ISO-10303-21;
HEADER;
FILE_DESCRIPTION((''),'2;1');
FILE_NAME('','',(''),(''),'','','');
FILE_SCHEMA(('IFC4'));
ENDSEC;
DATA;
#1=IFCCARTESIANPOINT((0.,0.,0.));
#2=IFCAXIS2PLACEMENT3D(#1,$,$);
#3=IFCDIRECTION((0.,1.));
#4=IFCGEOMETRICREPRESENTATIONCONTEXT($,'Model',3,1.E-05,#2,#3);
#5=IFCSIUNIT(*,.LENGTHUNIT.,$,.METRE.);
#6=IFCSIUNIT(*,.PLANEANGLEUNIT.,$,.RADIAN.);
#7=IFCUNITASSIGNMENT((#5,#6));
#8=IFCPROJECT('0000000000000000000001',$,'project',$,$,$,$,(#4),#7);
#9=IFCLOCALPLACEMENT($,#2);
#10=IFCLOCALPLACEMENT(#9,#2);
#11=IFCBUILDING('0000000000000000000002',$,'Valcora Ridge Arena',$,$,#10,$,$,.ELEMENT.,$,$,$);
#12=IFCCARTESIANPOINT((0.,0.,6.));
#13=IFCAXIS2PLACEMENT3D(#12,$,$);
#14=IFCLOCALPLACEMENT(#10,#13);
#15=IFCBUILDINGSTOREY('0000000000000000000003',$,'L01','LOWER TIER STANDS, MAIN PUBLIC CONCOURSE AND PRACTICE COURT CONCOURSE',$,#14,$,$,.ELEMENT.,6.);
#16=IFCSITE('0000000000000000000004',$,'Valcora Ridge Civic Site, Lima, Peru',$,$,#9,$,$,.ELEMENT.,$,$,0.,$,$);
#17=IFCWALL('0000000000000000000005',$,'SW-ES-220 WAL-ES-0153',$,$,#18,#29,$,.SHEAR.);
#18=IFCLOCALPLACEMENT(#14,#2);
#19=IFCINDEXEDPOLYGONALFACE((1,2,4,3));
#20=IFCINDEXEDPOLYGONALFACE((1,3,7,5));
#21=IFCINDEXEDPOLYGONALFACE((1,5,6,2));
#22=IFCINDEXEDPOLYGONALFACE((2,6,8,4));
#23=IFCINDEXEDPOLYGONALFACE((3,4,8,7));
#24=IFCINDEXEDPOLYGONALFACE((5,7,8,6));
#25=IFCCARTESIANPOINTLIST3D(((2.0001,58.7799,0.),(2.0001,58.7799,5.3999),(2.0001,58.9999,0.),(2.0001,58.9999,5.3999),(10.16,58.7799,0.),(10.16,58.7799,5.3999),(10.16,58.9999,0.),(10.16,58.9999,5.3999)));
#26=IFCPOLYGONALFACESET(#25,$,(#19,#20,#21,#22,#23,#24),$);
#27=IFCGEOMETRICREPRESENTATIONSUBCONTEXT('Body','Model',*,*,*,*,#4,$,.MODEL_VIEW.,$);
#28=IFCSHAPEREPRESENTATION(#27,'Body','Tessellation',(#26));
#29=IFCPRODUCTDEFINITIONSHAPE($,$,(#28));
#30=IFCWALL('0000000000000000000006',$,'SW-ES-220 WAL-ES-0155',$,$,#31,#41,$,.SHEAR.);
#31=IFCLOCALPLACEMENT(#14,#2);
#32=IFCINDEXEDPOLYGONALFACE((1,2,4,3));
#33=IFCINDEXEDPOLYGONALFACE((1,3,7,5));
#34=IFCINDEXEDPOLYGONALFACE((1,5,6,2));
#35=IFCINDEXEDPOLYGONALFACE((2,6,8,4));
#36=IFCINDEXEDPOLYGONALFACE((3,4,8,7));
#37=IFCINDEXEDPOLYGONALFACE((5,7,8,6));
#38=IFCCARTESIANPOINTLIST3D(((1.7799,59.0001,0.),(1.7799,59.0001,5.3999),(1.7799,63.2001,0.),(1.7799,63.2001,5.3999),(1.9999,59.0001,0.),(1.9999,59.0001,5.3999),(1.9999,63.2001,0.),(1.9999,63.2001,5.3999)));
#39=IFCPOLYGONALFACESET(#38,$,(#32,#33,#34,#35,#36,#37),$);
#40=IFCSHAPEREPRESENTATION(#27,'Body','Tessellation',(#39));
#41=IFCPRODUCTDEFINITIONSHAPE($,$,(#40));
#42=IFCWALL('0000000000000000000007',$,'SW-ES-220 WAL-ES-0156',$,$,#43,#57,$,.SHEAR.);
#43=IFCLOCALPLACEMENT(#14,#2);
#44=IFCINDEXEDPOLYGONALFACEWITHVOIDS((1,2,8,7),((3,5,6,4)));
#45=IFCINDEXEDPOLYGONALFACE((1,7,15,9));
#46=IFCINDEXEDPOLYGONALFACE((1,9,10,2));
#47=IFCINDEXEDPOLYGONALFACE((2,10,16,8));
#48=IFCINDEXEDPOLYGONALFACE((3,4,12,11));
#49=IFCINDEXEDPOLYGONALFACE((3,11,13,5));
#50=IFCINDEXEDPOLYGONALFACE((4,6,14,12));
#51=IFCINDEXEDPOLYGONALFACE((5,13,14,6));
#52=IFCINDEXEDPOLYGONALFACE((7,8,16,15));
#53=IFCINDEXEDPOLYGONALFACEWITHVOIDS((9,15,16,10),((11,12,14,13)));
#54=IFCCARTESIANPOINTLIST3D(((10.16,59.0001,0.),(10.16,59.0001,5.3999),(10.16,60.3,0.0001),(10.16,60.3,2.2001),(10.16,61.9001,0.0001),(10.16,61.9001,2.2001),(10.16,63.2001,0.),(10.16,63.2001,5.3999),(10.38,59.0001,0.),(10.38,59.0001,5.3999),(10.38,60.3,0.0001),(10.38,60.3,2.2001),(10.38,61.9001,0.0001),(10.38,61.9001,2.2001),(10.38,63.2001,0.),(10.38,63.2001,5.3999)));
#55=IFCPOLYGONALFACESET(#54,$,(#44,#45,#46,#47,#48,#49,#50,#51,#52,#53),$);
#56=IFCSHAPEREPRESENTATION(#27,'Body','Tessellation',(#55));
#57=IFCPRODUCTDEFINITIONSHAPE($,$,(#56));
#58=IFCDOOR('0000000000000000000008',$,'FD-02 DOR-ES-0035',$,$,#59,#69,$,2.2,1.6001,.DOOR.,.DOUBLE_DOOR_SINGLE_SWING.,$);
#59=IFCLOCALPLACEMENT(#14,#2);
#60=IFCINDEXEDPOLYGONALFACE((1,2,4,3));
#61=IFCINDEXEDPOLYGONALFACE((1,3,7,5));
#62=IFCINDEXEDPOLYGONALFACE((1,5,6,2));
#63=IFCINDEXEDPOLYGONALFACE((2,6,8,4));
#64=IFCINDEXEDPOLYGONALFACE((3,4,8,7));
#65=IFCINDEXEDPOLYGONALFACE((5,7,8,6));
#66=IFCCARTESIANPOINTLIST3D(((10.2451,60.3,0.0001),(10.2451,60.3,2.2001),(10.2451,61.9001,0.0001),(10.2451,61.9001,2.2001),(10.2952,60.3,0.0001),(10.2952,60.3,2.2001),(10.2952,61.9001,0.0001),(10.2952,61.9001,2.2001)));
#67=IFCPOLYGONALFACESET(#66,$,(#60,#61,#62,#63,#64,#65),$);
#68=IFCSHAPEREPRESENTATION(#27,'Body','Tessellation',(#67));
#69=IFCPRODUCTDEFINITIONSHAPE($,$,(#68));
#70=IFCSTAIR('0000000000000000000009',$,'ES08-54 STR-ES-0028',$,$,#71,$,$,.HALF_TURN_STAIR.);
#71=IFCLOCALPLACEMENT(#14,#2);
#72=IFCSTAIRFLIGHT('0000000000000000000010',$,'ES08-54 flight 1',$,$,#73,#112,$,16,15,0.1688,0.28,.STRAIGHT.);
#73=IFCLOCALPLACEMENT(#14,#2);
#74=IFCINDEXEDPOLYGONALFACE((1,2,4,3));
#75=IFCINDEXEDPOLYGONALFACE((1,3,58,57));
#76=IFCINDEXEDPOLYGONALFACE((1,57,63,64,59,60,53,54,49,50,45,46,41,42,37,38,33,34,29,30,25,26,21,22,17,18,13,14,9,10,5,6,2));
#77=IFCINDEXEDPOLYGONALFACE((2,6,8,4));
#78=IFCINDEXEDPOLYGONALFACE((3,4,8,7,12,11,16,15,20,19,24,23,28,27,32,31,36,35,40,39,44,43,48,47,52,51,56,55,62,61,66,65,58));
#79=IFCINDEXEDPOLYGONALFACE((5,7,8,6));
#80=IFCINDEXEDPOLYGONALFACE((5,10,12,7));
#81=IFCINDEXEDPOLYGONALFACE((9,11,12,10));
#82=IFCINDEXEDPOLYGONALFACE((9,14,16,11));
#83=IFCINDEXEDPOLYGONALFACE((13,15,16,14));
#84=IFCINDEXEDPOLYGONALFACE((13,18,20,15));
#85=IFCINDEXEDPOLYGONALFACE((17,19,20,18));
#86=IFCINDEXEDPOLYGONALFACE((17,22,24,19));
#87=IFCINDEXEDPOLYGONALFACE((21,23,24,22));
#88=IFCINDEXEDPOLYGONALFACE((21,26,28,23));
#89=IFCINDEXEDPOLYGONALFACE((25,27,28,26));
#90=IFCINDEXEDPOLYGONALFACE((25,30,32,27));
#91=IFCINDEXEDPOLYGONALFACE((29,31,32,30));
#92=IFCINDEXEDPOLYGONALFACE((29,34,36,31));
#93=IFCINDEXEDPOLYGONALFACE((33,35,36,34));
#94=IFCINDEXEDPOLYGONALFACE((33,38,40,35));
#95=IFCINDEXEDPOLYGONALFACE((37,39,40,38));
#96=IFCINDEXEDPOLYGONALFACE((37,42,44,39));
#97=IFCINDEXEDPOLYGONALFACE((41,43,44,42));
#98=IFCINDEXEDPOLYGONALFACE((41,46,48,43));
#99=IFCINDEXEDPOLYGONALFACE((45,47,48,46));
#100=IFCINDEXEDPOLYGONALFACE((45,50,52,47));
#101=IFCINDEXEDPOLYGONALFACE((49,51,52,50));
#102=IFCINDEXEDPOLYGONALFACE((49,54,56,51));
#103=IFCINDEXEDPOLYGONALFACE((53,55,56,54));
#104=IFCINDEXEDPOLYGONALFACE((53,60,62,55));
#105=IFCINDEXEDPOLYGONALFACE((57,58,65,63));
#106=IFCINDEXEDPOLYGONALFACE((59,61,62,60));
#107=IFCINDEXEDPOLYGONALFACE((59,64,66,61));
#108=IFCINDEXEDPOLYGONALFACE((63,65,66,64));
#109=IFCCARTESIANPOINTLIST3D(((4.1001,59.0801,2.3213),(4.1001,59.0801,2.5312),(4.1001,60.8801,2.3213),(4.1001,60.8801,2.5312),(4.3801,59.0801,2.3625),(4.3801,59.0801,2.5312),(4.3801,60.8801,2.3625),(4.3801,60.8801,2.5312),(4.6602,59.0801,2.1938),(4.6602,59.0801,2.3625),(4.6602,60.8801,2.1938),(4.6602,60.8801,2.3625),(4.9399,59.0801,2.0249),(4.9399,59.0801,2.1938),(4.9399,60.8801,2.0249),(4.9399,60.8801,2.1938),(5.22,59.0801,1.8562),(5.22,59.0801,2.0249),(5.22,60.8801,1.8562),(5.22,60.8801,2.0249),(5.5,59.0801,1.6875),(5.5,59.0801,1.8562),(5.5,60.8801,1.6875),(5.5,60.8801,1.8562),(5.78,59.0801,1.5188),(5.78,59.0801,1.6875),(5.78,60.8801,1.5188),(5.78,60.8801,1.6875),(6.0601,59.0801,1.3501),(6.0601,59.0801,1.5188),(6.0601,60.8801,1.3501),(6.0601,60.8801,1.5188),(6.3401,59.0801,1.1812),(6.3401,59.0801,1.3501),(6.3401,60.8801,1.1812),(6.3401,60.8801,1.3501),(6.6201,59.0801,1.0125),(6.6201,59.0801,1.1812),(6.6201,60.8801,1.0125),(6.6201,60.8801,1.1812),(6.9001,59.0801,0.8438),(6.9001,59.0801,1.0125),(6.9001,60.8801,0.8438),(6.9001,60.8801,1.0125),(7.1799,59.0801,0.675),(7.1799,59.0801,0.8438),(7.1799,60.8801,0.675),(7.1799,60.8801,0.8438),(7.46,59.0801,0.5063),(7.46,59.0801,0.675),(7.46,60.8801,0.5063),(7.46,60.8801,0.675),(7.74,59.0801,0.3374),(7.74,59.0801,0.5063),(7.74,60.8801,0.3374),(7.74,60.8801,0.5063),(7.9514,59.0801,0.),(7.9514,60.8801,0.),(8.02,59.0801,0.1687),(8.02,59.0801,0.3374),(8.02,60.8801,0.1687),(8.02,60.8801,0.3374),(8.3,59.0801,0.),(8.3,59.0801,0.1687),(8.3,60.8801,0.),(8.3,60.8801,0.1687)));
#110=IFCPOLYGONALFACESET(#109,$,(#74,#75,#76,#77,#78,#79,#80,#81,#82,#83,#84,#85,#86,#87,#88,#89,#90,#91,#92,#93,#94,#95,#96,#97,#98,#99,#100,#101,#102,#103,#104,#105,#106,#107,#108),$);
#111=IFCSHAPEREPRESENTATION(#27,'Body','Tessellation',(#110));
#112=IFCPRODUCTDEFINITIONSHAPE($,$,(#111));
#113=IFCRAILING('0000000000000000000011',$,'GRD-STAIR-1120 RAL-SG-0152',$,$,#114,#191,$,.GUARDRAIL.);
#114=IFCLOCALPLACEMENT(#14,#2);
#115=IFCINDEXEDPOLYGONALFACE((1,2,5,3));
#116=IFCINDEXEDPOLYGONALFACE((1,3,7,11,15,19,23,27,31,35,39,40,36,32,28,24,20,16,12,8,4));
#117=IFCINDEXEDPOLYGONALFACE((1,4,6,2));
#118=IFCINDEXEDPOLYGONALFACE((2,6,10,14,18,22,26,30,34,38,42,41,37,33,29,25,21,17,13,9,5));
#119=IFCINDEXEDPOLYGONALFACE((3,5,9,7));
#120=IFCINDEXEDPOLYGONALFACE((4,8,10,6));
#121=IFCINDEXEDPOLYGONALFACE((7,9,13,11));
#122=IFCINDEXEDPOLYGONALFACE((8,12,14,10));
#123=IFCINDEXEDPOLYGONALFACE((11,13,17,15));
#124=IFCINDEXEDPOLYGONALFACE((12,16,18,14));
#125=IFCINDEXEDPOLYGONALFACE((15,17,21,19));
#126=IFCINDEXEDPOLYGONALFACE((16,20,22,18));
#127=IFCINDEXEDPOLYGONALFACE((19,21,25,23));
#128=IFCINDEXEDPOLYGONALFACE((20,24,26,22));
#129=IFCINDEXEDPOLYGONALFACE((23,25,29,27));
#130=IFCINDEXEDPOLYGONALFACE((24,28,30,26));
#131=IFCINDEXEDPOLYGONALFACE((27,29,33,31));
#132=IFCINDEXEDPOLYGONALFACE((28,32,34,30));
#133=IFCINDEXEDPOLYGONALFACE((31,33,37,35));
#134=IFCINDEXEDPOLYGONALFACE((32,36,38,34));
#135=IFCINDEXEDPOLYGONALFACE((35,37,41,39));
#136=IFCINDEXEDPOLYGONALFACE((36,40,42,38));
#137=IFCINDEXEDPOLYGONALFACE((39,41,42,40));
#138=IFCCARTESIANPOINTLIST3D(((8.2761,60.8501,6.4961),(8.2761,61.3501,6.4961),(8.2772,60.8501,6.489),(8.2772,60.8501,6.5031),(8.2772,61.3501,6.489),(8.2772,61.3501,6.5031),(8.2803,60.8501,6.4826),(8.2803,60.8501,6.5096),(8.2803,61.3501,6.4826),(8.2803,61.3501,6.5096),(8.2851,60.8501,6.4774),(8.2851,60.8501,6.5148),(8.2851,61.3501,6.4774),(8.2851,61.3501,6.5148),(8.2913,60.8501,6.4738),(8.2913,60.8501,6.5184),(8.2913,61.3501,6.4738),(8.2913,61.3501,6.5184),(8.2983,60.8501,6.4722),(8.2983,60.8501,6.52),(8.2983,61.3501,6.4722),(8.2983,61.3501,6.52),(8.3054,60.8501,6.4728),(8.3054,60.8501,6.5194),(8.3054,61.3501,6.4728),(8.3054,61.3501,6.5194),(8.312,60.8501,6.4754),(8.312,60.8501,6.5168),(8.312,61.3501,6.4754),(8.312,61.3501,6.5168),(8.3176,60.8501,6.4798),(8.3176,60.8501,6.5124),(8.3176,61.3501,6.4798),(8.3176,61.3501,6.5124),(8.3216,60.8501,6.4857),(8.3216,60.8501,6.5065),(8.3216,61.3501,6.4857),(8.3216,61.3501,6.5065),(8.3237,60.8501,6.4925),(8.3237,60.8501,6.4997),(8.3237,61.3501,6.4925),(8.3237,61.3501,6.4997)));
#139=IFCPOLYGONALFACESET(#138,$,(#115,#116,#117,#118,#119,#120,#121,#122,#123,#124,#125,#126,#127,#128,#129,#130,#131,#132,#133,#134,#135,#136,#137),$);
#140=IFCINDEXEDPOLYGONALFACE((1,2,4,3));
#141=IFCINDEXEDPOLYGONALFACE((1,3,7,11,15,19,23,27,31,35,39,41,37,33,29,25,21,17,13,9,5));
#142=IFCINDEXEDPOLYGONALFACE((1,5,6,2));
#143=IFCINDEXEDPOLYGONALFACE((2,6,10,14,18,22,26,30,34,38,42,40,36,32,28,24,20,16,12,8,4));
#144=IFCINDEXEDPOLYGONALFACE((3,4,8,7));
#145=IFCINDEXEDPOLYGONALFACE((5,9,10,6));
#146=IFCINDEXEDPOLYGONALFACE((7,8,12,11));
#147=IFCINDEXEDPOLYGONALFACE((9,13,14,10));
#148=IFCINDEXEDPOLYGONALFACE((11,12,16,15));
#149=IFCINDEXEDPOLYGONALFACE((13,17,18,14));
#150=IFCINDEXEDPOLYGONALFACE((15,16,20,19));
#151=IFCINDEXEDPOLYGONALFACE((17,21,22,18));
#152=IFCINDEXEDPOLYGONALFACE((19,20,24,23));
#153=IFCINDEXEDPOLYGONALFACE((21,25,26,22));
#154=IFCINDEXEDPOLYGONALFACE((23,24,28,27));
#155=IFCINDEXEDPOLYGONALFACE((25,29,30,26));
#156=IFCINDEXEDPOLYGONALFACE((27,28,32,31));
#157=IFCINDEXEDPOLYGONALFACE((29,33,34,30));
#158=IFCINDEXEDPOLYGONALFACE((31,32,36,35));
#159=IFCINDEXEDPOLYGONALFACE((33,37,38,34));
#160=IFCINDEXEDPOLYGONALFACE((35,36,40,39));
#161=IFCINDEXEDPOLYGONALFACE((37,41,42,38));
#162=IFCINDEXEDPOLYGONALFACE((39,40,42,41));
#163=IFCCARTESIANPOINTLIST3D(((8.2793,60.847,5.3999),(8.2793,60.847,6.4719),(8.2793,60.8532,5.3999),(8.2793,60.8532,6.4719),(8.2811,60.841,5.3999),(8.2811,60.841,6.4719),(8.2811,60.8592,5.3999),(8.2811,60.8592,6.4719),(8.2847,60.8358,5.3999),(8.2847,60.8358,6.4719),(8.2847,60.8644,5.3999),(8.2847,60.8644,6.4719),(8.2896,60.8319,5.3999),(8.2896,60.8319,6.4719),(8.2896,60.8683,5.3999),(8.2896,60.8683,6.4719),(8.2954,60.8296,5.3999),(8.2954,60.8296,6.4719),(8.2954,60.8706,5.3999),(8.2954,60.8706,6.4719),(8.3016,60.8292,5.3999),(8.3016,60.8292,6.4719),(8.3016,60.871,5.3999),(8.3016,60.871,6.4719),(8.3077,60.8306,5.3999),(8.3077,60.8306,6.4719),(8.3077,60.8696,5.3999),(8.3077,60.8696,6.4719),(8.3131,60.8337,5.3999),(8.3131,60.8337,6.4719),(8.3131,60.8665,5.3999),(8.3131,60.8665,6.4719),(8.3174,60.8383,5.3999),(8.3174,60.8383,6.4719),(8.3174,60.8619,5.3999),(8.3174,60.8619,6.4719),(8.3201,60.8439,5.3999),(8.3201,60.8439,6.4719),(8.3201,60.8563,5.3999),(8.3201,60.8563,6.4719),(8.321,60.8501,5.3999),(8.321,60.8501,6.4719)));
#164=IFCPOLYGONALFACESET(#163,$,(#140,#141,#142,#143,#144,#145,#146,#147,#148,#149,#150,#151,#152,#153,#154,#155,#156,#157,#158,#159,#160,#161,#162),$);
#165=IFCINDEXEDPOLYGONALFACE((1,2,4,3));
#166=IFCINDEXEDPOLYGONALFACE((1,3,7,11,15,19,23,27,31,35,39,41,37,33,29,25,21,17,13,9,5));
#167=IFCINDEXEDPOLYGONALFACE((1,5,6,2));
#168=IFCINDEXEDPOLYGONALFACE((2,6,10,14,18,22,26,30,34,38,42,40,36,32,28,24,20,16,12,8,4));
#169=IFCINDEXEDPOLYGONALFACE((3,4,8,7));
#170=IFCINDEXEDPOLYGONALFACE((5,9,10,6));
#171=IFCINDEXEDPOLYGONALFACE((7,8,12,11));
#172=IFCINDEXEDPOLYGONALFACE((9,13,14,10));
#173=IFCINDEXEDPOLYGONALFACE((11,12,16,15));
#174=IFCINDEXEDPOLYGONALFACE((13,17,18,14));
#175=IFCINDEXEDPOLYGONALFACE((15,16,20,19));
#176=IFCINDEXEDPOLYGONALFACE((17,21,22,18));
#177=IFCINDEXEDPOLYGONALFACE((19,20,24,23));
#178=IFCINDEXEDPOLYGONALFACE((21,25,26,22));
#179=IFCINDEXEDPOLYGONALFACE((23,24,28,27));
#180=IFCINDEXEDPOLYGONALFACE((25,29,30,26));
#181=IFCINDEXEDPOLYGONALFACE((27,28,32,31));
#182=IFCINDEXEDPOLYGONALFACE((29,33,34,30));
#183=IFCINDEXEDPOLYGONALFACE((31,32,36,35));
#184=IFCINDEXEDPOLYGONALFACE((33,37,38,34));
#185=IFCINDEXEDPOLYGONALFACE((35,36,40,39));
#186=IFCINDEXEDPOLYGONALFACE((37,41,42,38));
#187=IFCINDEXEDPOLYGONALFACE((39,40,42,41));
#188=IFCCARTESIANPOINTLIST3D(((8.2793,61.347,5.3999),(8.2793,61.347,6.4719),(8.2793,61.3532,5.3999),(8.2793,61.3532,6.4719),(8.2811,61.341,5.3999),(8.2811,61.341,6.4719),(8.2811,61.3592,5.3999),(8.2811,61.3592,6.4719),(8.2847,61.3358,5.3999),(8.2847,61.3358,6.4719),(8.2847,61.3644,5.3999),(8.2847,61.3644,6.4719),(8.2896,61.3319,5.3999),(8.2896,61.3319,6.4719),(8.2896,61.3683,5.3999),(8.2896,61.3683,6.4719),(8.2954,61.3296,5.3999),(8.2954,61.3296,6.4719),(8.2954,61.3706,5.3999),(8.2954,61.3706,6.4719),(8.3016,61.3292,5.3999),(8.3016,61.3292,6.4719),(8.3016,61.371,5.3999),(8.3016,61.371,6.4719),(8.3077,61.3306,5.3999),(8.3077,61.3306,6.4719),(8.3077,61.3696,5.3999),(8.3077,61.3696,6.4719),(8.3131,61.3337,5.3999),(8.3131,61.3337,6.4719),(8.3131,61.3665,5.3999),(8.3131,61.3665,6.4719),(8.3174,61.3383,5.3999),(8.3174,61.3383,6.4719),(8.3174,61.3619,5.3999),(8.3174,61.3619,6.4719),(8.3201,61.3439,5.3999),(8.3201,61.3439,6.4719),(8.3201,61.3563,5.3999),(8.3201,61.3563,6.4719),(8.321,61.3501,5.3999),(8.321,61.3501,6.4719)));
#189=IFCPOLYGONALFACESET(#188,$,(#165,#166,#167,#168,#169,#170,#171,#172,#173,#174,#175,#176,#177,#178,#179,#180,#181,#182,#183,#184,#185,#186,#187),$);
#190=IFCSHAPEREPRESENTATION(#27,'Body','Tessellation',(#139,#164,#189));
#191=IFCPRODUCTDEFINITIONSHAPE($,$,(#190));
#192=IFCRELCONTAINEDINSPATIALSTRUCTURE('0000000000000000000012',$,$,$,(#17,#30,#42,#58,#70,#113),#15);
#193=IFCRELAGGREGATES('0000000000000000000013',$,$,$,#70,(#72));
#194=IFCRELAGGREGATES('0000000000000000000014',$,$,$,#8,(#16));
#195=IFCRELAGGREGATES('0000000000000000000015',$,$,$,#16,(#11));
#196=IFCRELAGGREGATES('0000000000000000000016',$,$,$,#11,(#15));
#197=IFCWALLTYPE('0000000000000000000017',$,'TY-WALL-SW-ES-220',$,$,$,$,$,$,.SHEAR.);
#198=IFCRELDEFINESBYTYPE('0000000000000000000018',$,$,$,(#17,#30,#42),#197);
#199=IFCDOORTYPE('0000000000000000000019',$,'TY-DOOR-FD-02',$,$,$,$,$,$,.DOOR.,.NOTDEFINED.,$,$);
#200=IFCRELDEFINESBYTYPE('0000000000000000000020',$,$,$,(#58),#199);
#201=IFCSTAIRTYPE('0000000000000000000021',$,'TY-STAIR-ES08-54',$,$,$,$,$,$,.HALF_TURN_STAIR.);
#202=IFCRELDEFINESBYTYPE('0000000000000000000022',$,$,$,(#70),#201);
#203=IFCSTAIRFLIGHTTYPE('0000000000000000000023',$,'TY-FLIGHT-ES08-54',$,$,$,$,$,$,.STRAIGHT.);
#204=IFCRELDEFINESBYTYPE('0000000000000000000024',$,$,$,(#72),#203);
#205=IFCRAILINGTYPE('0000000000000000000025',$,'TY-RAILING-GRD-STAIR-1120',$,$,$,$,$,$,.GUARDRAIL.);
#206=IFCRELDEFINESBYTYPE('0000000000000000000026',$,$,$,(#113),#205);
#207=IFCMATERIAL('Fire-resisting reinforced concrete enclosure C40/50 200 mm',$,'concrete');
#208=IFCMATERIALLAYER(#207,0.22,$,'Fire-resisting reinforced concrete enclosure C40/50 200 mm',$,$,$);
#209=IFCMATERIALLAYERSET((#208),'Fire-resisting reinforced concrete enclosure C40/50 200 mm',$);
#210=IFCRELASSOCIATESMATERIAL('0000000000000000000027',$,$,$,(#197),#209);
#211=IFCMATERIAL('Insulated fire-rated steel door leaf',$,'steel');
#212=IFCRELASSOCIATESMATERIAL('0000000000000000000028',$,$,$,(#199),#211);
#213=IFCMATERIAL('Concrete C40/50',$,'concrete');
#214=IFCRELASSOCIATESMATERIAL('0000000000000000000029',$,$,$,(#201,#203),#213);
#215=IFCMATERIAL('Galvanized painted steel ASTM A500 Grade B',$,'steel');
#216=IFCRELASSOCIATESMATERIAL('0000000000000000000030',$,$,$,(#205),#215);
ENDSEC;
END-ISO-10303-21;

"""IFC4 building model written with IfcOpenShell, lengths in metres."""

from ifc_helpers import new_model, si_unit, direction, frame, frame_2d, origin, origin_2d, place, context, subcontext, project, spatial, polyline, rectangle, circle, outline, extrude, material, layer, layer_set, type_object, element, fill, aggregate, save


model = new_model("IFC4")

# Units and contexts
model_context = context("Model", 3, precision=1e-05, world=origin(), true_north=direction((0.0, 1.0)))
body_context = subcontext(model_context, "Body", "Model", "MODEL_VIEW")
ifc_project = project(units=[si_unit("LENGTHUNIT", "METRE"), si_unit("PLANEANGLEUNIT", "RADIAN")], contexts=[model_context])

# Site, building, storey
site_placement = place(None, origin())
site = spatial("IfcSite", under=ifc_project, at=site_placement, Name="Valcora Ridge Civic Site, Lima, Peru", CompositionType="ELEMENT", RefElevation=0.0)
building_placement = place(site_placement, origin())
building = spatial("IfcBuilding", under=site, at=building_placement, Name="Valcora Ridge Arena", CompositionType="ELEMENT")
storey_placement = place(building_placement, frame((0.0, 0.0, 6.0)))
storey = spatial("IfcBuildingStorey", under=building, at=storey_placement, Name="L01", Description="LOWER TIER STANDS, MAIN PUBLIC CONCOURSE AND PRACTICE COURT CONCOURSE", CompositionType="ELEMENT", Elevation=6.0)

# Shared definitions
ifc_material_1 = material(Name="Concrete C40/50", Category="concrete")

# Walls
ifc_material_2 = material(Name="Fire-resisting reinforced concrete enclosure C40/50 200 mm", Category="concrete")
ifc_layer_1 = layer(ifc_material_2, 0.22, Name="Fire-resisting reinforced concrete enclosure C40/50 200 mm")
ifc_layer_set_1 = layer_set([ifc_layer_1], Name="Fire-resisting reinforced concrete enclosure C40/50 200 mm")
wall_type_1 = type_object("IfcWallType", Name="TY-WALL-SW-ES-220", PredefinedType="SHEAR", material=ifc_layer_set_1)
wall_1_placement = place(storey_placement, frame((2.0, 58.8899, 0.0), z_axis=(0.0, 0.0, 1.0), x_axis=(1.0, 0.0, 0.0)))
element("IfcWall", 1, at=wall_1_placement, inside=storey, type_object=wall_type_1, Name="SW-ES-220 WAL-ES-0153", PredefinedType="SHEAR", context=body_context, shape_type="SweptSolid", body=[
    extrude(rectangle(XDim=8.1599, YDim=0.22, at=frame_2d((4.0801, 0.0))), origin(), (0.0, 0.0, 1.0), 5.3999),
])
wall_2_placement = place(storey_placement, frame((1.8899, 59.0, 0.0), z_axis=(0.0, 0.0, 1.0), x_axis=(0.0, 1.0, 0.0)))
element("IfcWall", 2, at=wall_2_placement, inside=storey, type_object=wall_type_1, Name="SW-ES-220 WAL-ES-0155", PredefinedType="SHEAR", context=body_context, shape_type="SweptSolid", body=[
    extrude(rectangle(XDim=4.2, YDim=0.22, at=frame_2d((2.1001, 0.0))), origin(), (0.0, 0.0, 1.0), 5.3999),
])

# Wall, opening, door
wall_3_placement = place(storey_placement, frame((10.27, 59.0, 0.0), z_axis=(0.0, 0.0, 1.0), x_axis=(0.0, 1.0, 0.0)))
wall_3 = element("IfcWall", 3, at=wall_3_placement, inside=storey, type_object=wall_type_1, Name="SW-ES-220 WAL-ES-0156", PredefinedType="SHEAR", context=body_context, shape_type="SweptSolid", body=[
    extrude(rectangle(XDim=4.2, YDim=0.22, at=frame_2d((2.1001, 0.0))), origin(), (0.0, 0.0, 1.0), 5.3999),
])
opening_placement = place(wall_3_placement, frame((1.3, 0.0, 0.0)))
opening = element("IfcOpeningElement", 4, at=opening_placement, cuts=wall_3, PredefinedType="OPENING", context=body_context, shape_type="SweptSolid", body=[
    extrude(rectangle(XDim=1.6001, YDim=2.2, at=frame_2d((0.8, 1.1001))), frame((0.0, 0.1199, 0.0), z_axis=(0.0, -1.0, 0.0), x_axis=(1.0, 0.0, 0.0)), (0.0, 0.0, 1.0), 0.24),
])
ifc_material_3 = material(Name="Insulated fire-rated steel door leaf", Category="steel")
door_type = type_object("IfcDoorType", Name="TY-DOOR-FD-02", OperationType="NOTDEFINED", PredefinedType="DOOR", material=ifc_material_3)
door_placement = place(opening_placement, origin())
door = element("IfcDoor", 5, at=door_placement, inside=storey, type_object=door_type, Name="FD-02 DOR-ES-0035", OperationType="DOUBLE_DOOR_SINGLE_SWING", OverallHeight=2.2, OverallWidth=1.6001, PredefinedType="DOOR", context=body_context, shape_type="SweptSolid", body=[
    extrude(rectangle(XDim=1.6001, YDim=2.2, at=frame_2d((0.8, 1.1001))), frame((0.0, 0.0249, 0.0), z_axis=(0.0, -1.0, 0.0), x_axis=(1.0, 0.0, 0.0)), (0.0, 0.0, 1.0), 0.05),
])
fill(opening, door)

# Stair, stair flight
stair_type = type_object("IfcStairType", Name="TY-STAIR-ES08-54", PredefinedType="HALF_TURN_STAIR", material=ifc_material_1)
stair_placement = place(storey_placement, origin())
stair = element("IfcStair", 6, at=stair_placement, inside=storey, type_object=stair_type, Name="ES08-54 STR-ES-0028", PredefinedType="HALF_TURN_STAIR")
stair_flight_type = type_object("IfcStairFlightType", Name="TY-FLIGHT-ES08-54", PredefinedType="STRAIGHT", material=ifc_material_1)
stair_flight_placement = place(storey_placement, frame((8.3, 59.98, 0.0), z_axis=(0.0, 0.0, 1.0), x_axis=(-1.0, 0.0, 0.0)))
stair_flight = element("IfcStairFlight", 7, at=stair_flight_placement, type_object=stair_flight_type, Name="ES08-54 flight 1", NumberOfRisers=16, NumberOfTreads=15, PredefinedType="STRAIGHT", RiserHeight=0.1688, TreadLength=0.28, context=body_context, shape_type="SweptSolid", body=[
    extrude(outline(polyline([(0.0, 0.0), (0.0, 0.1687), (0.28, 0.1687), (0.28, 0.3374), (0.5601, 0.3374), (0.5601, 0.5063), (0.8401, 0.5063), (0.8401, 0.675), (1.1201, 0.675), (1.1201, 0.8438), (1.3999, 0.8438), (1.3999, 1.0125), (1.6799, 1.0125), (1.6799, 1.1812), (1.96, 1.1812), (1.96, 1.3501), (2.24, 1.3501), (2.24, 1.5188), (2.52, 1.5188), (2.52, 1.6875), (2.8, 1.6875), (2.8, 1.8562), (3.0801, 1.8562), (3.0801, 2.0249), (3.3601, 2.0249), (3.3601, 2.1938), (3.6399, 2.1938), (3.6399, 2.3625), (3.9199, 2.3625), (3.9199, 2.5312), (4.2, 2.5312), (4.2, 2.7), (4.2, 2.3213), (0.3486, 0.0), (0.0, 0.0)])), frame((0.0, 0.8999, 0.0), z_axis=(0.0, -1.0, 0.0), x_axis=(1.0, 0.0, 0.0)), (0.0, 0.0, 1.0), 1.8),
])
aggregate(stair, [stair_flight])

# Railing
ifc_material_4 = material(Name="Galvanized painted steel ASTM A500 Grade B", Category="steel")
railing_type_1 = type_object("IfcRailingType", Name="TY-RAILING-GRD-STAIR-1120", PredefinedType="GUARDRAIL", material=ifc_material_4)
railing_1_placement = place(storey_placement, frame((8.3, 60.8501, 5.3999)))
element("IfcRailing", 8, at=railing_1_placement, inside=storey, type_object=railing_type_1, Name="GRD-STAIR-1120 RAL-SG-0152", PredefinedType="GUARDRAIL", context=body_context, shape_type="SweptSolid", body=[
    extrude(circle(Radius=0.0239, at=origin_2d()), frame((0.0, 0.0, 1.0962), z_axis=(0.0, 1.0, 0.0), x_axis=(-1.0, 0.0, 0.0)), (0.0, 0.0, 1.0), 0.5),
    extrude(circle(Radius=0.021, at=origin_2d()), origin(), (0.0, 0.0, 1.0), 1.072),
    extrude(circle(Radius=0.021, at=origin_2d()), frame((0.0, 0.5, 0.0)), (0.0, 0.0, 1.0), 1.072),
])

save(model, "model.ifc")
